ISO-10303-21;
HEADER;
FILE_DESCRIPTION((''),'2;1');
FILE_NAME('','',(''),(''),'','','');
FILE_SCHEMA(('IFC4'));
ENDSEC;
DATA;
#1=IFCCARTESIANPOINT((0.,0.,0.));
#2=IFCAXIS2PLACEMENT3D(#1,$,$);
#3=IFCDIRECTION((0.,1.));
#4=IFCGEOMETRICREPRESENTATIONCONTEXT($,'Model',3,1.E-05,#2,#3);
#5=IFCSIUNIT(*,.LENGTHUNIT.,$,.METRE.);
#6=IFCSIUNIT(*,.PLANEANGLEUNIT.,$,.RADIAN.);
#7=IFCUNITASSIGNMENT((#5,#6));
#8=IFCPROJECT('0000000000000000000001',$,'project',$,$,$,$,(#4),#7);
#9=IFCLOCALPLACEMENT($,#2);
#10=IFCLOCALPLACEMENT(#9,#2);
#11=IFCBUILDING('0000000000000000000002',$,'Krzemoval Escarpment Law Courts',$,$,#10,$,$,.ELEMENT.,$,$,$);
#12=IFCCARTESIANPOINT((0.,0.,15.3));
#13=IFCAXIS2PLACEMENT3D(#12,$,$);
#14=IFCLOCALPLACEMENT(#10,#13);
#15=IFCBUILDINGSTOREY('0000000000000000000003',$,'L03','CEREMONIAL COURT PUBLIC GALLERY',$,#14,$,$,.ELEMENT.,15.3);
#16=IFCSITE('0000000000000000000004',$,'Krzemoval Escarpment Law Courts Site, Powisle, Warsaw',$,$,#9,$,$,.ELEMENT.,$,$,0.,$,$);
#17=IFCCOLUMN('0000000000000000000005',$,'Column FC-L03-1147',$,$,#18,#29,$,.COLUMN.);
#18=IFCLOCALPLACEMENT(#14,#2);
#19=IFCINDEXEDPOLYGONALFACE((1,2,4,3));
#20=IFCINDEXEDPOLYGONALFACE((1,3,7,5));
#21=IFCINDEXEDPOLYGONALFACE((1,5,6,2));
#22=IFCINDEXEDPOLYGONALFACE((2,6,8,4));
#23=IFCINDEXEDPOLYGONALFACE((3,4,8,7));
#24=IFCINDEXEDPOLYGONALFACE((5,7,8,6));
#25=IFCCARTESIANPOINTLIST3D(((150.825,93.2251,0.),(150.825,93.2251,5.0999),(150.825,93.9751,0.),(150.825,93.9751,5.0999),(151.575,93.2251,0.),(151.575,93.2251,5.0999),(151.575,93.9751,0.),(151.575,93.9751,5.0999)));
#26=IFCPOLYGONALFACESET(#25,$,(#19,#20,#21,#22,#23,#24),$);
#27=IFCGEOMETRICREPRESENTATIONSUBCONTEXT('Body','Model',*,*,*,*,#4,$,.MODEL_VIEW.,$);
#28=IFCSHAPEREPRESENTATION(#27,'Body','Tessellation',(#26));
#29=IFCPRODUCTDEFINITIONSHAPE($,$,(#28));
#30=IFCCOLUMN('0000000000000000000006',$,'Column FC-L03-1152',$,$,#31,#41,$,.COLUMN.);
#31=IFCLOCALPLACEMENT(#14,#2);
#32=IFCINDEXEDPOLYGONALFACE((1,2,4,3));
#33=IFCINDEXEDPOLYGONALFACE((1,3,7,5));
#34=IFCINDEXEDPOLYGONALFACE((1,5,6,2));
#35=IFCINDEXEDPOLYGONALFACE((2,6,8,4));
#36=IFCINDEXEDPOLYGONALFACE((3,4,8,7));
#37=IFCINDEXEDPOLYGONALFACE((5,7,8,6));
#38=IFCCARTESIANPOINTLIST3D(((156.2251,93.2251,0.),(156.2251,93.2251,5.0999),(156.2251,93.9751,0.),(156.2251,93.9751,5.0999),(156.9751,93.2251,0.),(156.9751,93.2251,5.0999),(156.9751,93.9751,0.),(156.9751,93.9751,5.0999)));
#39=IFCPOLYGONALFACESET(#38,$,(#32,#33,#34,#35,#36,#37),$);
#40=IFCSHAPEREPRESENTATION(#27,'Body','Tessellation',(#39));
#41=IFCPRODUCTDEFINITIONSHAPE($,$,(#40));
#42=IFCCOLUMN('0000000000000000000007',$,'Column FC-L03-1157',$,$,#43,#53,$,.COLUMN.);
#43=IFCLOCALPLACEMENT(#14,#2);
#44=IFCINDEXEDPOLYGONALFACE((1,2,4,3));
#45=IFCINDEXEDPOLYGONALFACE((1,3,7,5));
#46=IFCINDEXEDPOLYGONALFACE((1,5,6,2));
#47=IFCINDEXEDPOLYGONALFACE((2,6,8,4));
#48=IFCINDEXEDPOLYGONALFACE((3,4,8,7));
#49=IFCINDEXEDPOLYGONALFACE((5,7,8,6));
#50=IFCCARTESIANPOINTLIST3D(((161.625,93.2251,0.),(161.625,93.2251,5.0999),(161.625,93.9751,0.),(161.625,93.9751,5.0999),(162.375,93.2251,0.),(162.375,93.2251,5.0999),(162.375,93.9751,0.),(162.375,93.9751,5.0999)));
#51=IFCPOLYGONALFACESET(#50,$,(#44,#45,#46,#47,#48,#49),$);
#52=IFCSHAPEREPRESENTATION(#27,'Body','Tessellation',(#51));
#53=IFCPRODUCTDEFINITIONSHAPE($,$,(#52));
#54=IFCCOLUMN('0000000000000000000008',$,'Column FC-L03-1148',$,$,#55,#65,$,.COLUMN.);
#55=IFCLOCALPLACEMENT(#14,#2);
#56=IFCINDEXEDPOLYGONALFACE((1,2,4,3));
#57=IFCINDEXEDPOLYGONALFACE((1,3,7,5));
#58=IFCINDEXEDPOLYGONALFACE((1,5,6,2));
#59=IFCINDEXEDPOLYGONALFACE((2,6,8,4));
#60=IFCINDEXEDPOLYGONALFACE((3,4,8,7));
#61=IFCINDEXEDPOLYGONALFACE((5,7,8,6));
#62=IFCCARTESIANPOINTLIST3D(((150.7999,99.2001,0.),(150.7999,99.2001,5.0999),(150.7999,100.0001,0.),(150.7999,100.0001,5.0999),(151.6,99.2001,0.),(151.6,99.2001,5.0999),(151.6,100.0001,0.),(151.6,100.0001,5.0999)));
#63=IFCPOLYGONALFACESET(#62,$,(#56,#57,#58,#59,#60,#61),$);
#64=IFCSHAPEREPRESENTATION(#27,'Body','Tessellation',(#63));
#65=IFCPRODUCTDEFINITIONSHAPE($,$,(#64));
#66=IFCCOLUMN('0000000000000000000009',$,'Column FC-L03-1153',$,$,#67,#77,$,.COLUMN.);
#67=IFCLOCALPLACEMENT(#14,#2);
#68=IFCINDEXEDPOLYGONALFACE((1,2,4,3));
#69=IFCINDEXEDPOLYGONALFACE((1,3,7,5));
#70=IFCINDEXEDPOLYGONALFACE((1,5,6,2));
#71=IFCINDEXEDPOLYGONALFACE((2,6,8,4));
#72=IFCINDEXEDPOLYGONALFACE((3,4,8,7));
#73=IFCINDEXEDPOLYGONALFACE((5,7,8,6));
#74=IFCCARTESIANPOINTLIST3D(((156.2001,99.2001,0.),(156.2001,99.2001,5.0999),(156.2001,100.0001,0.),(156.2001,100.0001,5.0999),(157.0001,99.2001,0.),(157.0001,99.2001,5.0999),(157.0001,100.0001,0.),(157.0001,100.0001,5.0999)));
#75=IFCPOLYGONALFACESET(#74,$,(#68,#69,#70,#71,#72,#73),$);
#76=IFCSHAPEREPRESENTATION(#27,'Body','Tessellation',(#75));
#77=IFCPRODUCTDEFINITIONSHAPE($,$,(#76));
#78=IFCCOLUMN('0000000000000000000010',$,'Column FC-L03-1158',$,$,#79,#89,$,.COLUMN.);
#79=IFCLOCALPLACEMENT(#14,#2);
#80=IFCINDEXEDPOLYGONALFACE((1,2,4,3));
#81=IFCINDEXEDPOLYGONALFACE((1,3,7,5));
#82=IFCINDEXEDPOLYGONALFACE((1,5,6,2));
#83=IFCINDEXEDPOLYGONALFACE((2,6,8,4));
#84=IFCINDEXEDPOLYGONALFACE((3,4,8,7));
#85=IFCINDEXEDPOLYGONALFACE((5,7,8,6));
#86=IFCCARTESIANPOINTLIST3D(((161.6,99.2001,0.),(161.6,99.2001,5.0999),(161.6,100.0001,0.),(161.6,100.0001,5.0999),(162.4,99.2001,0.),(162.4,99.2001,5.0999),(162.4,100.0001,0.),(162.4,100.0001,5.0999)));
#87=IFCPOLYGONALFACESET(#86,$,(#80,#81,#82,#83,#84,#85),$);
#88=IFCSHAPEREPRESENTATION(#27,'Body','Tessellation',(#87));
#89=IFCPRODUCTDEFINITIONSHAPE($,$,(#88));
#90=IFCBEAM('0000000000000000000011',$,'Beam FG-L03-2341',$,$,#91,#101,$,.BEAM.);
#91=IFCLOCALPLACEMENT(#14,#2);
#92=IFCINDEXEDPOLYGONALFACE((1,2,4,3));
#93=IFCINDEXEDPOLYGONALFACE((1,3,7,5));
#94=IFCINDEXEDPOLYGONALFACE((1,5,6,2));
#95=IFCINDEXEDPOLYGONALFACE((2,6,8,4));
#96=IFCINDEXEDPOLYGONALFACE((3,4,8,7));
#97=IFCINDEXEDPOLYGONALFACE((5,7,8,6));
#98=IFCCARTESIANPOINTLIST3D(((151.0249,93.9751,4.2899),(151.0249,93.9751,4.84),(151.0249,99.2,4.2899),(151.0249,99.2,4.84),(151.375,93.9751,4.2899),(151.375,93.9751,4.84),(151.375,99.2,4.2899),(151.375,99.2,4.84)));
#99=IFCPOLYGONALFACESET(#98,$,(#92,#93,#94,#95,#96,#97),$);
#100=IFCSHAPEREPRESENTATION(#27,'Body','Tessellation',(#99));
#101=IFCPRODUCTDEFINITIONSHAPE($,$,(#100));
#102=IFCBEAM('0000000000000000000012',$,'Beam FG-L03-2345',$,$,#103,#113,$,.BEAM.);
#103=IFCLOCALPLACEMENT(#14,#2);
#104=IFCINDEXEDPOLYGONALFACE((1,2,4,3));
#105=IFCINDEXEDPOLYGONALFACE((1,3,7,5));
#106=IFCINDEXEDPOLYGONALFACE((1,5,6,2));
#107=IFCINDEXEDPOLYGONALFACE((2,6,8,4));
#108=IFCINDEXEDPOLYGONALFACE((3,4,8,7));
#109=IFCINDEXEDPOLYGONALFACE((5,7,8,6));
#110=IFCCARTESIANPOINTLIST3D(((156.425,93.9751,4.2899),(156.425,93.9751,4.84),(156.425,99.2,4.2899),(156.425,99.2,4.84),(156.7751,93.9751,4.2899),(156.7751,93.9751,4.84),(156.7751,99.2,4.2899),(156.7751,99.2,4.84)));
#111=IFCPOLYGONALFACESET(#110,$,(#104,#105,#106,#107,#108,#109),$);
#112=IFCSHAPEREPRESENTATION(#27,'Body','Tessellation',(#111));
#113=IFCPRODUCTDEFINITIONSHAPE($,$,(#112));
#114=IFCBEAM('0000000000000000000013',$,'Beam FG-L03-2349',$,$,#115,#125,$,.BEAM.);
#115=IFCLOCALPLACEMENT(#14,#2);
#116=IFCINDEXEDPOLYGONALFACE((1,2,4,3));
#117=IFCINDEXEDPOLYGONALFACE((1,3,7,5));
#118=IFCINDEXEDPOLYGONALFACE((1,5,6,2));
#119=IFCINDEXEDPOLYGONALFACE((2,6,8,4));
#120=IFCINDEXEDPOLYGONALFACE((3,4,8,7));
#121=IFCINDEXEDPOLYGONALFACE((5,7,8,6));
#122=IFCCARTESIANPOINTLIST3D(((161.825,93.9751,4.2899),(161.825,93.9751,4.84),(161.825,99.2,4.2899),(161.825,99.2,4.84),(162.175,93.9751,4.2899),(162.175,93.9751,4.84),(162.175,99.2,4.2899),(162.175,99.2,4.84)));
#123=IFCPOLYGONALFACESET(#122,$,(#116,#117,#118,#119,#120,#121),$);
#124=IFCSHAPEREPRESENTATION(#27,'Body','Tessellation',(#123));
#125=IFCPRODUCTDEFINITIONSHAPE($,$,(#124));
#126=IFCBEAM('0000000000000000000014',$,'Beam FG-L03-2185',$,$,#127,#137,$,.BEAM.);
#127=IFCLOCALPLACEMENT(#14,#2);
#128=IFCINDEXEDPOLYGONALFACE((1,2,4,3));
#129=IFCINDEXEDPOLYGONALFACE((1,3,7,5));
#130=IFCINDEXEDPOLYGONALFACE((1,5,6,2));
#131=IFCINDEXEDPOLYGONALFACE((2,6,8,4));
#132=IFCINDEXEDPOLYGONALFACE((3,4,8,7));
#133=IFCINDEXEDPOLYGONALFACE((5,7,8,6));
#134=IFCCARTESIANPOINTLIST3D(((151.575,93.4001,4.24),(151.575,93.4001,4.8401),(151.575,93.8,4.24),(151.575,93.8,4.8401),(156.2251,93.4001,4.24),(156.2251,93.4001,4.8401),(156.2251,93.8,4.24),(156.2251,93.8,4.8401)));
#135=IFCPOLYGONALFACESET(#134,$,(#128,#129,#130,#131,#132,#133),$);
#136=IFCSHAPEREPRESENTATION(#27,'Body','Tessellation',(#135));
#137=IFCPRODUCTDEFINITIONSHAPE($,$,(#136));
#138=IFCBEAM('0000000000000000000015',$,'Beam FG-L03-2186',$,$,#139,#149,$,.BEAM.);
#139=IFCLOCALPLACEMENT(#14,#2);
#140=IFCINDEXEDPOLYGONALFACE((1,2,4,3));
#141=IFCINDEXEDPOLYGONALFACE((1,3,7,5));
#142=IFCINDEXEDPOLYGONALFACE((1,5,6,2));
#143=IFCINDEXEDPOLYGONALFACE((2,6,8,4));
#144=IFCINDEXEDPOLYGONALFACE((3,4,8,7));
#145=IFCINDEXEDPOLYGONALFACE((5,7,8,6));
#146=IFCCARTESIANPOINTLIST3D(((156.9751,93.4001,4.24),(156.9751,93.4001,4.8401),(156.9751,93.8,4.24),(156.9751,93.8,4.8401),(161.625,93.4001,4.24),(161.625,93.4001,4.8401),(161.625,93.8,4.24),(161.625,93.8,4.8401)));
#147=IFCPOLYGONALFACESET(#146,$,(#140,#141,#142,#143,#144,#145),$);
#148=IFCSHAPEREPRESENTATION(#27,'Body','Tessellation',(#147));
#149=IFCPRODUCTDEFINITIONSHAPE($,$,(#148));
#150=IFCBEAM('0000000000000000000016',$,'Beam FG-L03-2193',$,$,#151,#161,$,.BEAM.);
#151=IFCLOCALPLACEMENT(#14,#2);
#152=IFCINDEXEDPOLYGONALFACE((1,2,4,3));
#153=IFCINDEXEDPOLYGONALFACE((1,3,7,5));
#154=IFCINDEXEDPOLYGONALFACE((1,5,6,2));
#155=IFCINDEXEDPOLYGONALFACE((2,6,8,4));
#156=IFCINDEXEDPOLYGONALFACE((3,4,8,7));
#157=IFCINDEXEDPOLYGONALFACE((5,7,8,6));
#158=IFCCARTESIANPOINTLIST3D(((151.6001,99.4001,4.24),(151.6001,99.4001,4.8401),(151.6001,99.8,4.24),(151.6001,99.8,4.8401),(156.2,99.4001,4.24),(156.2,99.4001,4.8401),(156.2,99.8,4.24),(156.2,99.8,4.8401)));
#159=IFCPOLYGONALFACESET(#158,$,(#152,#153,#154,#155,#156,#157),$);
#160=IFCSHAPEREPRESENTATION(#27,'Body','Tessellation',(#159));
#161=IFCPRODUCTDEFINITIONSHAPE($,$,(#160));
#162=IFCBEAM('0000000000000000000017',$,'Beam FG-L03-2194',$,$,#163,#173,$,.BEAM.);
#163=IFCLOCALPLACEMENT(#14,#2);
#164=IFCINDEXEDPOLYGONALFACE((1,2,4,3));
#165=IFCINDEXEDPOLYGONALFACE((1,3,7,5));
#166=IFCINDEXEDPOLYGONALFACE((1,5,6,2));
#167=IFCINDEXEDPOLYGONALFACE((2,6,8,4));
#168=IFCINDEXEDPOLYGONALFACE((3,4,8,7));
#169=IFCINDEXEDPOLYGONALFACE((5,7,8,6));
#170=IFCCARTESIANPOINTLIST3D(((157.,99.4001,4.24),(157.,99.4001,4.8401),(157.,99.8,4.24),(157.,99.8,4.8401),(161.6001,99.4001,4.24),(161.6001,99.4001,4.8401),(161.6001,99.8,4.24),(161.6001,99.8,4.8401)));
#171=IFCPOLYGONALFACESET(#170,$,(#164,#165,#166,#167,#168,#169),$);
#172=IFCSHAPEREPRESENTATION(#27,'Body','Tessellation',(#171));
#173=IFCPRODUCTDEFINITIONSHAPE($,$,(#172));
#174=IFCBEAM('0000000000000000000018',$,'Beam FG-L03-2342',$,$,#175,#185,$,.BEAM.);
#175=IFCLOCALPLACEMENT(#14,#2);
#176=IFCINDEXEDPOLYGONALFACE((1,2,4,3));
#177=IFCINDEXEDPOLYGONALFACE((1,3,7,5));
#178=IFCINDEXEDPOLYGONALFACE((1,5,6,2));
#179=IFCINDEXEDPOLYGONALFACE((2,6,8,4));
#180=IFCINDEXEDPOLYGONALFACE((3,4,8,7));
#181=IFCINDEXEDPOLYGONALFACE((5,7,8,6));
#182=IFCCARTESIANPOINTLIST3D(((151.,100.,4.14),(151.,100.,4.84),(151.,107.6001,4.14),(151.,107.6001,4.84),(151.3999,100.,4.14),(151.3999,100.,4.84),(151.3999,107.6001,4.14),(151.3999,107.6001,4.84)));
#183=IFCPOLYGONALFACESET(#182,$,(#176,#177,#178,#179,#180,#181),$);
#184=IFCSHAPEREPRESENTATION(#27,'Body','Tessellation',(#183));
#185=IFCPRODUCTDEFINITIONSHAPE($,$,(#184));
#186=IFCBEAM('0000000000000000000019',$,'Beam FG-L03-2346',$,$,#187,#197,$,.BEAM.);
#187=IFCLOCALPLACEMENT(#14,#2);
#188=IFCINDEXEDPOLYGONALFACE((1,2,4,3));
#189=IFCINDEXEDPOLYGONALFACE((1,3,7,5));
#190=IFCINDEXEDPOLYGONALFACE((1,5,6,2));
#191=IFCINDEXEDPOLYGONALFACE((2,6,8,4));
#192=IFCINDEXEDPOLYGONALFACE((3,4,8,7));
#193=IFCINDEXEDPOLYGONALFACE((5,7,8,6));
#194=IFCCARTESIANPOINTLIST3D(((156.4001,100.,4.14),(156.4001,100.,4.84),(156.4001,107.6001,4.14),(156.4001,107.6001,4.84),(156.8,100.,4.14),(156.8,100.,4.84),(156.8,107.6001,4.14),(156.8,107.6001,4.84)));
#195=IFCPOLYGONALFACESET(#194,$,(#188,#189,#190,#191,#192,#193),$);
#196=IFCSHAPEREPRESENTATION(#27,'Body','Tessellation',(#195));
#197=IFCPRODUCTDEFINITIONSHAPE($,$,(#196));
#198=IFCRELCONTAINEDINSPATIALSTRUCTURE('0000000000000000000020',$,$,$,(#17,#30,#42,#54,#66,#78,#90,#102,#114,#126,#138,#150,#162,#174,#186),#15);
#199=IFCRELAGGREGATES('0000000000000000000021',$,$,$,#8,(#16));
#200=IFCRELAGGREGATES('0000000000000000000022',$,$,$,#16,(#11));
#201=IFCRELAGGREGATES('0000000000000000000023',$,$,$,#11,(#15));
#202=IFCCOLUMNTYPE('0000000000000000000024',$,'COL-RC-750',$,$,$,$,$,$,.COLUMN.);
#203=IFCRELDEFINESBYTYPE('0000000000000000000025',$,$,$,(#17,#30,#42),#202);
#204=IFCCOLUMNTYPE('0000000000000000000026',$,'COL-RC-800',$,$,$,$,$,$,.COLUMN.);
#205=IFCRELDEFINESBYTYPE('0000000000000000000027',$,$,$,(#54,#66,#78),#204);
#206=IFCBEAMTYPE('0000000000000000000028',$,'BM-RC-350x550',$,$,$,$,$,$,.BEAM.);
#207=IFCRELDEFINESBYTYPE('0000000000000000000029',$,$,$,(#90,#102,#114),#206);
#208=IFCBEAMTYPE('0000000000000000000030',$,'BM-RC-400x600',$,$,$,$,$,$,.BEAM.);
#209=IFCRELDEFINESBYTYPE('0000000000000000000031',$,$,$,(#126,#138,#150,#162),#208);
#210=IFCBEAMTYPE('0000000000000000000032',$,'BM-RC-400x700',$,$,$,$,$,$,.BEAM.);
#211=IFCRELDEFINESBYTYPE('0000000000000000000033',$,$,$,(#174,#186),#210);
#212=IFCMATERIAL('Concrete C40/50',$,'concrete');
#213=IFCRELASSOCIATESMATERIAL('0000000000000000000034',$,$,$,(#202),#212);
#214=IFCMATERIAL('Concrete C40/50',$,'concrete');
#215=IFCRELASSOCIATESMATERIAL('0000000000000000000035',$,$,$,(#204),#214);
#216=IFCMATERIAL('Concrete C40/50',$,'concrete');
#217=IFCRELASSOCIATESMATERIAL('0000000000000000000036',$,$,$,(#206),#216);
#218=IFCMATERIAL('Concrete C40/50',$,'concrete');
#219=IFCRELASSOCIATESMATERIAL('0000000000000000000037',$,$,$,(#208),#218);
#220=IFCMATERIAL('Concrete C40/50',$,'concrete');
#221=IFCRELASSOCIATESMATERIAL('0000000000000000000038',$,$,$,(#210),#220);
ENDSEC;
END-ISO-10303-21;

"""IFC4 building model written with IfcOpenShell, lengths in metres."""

from ifc_helpers import new_model, si_unit, direction, frame, origin, origin_2d, place, context, subcontext, project, spatial, rectangle, extrude, material, material_profile, profile_set, type_object, element, save


model = new_model("IFC4")

# Units and contexts
model_context = context("Model", 3, precision=1e-05, world=origin(), true_north=direction((0.0, 1.0)))
body_context = subcontext(model_context, "Body", "Model", "MODEL_VIEW")
ifc_project = project(units=[si_unit("LENGTHUNIT", "METRE"), si_unit("PLANEANGLEUNIT", "RADIAN")], contexts=[model_context])

# Site, building, storey
site_placement = place(None, origin())
site = spatial("IfcSite", under=ifc_project, at=site_placement, Name="Krzemoval Escarpment Law Courts Site, Powisle, Warsaw", CompositionType="ELEMENT", RefElevation=0.0)
building_placement = place(site_placement, origin())
building = spatial("IfcBuilding", under=site, at=building_placement, Name="Krzemoval Escarpment Law Courts", CompositionType="ELEMENT")
storey_placement = place(building_placement, frame((0.0, 0.0, 15.3)))
storey = spatial("IfcBuildingStorey", under=building, at=storey_placement, Name="L03", Description="CEREMONIAL COURT PUBLIC GALLERY", CompositionType="ELEMENT", Elevation=15.3)

# Columns
ifc_material_1 = material(Name="Concrete C40/50", Category="concrete")
ifc_material_profile_1 = material_profile(ifc_material_1, rectangle(XDim=0.75, YDim=0.75, at=origin_2d()), Name="RC 750x750")
ifc_profile_set_1 = profile_set([ifc_material_profile_1], Name="Concrete C40/50")
column_type_1 = type_object("IfcColumnType", Name="COL-RC-750", PredefinedType="COLUMN", material=ifc_profile_set_1)
for number, where, z_axis, x_axis, name in (
    (1, (151.2, 93.6001, 0.0), (0.0, 0.0, 1.0), (1.0, 0.0, 0.0), "Column FC-L03-1147"),
    (2, (156.6001, 93.6001, 0.0), (0.0, 0.0, 1.0), (1.0, 0.0, 0.0), "Column FC-L03-1152"),
    (3, (162.0, 93.6001, 0.0), (0.0, 0.0, 1.0), (1.0, 0.0, 0.0), "Column FC-L03-1157"),
):
    element("IfcColumn", number, at=place(storey_placement, frame(where, z_axis=z_axis, x_axis=x_axis)), inside=storey, type_object=column_type_1, Name=name, PredefinedType="COLUMN", context=body_context, shape_type="SweptSolid", body=[
        extrude(rectangle(XDim=0.75, YDim=0.75, at=origin_2d()), origin(), (0.0, 0.0, 1.0), 5.0999),
    ])
ifc_material_2 = material(Name="Concrete C40/50", Category="concrete")
ifc_material_profile_2 = material_profile(ifc_material_2, rectangle(XDim=0.8, YDim=0.8, at=origin_2d()), Name="RC 800x800")
ifc_profile_set_2 = profile_set([ifc_material_profile_2], Name="Concrete C40/50")
column_type_2 = type_object("IfcColumnType", Name="COL-RC-800", PredefinedType="COLUMN", material=ifc_profile_set_2)
for number, where, z_axis, x_axis, name in (
    (4, (151.2, 99.6001, 0.0), (0.0, 0.0, 1.0), (1.0, 0.0, 0.0), "Column FC-L03-1148"),
    (5, (156.6001, 99.6001, 0.0), (0.0, 0.0, 1.0), (1.0, 0.0, 0.0), "Column FC-L03-1153"),
    (6, (162.0, 99.6001, 0.0), (0.0, 0.0, 1.0), (1.0, 0.0, 0.0), "Column FC-L03-1158"),
):
    element("IfcColumn", number, at=place(storey_placement, frame(where, z_axis=z_axis, x_axis=x_axis)), inside=storey, type_object=column_type_2, Name=name, PredefinedType="COLUMN", context=body_context, shape_type="SweptSolid", body=[
        extrude(rectangle(XDim=0.8, YDim=0.8, at=origin_2d()), origin(), (0.0, 0.0, 1.0), 5.0999),
    ])

# Beams
ifc_material_3 = material(Name="Concrete C40/50", Category="concrete")
ifc_material_profile_3 = material_profile(ifc_material_3, rectangle(XDim=0.3501, YDim=0.55, at=origin_2d()), Name="RCB 350x550")
ifc_profile_set_3 = profile_set([ifc_material_profile_3], Name="Concrete C40/50")
beam_type_1 = type_object("IfcBeamType", Name="BM-RC-350x550", PredefinedType="BEAM", material=ifc_profile_set_3)
for number, where, z_axis, x_axis, name in (
    (7, (151.2, 93.9751, 4.5649), (0.0, 1.0, 0.0), (-1.0, 0.0, 0.0), "Beam FG-L03-2341"),
    (8, (156.6001, 93.9751, 4.5649), (0.0, 1.0, 0.0), (-1.0, 0.0, 0.0), "Beam FG-L03-2345"),
    (9, (162.0, 93.9751, 4.5649), (0.0, 1.0, 0.0), (-1.0, 0.0, 0.0), "Beam FG-L03-2349"),
):
    element("IfcBeam", number, at=place(storey_placement, frame(where, z_axis=z_axis, x_axis=x_axis)), inside=storey, type_object=beam_type_1, Name=name, PredefinedType="BEAM", context=body_context, shape_type="SweptSolid", body=[
        extrude(rectangle(XDim=0.3501, YDim=0.55, at=origin_2d()), origin(), (0.0, 0.0, 1.0), 5.2249),
    ])
ifc_material_4 = material(Name="Concrete C40/50", Category="concrete")
ifc_material_profile_4 = material_profile(ifc_material_4, rectangle(XDim=0.3999, YDim=0.6001, at=origin_2d()), Name="RCB 400x600")
ifc_profile_set_4 = profile_set([ifc_material_profile_4], Name="Concrete C40/50")
beam_type_2 = type_object("IfcBeamType", Name="BM-RC-400x600", PredefinedType="BEAM", material=ifc_profile_set_4)
beam_1_placement = place(storey_placement, frame((151.575, 93.6001, 4.54), z_axis=(1.0, 0.0, 0.0), x_axis=(0.0, 1.0, 0.0)))
element("IfcBeam", 10, at=beam_1_placement, inside=storey, type_object=beam_type_2, Name="Beam FG-L03-2185", PredefinedType="BEAM", context=body_context, shape_type="SweptSolid", body=[
    extrude(rectangle(XDim=0.3999, YDim=0.6001, at=origin_2d()), origin(), (0.0, 0.0, 1.0), 4.6501),
])
beam_2_placement = place(storey_placement, frame((156.9751, 93.6001, 4.54), z_axis=(1.0, 0.0, 0.0), x_axis=(0.0, 1.0, 0.0)))
element("IfcBeam", 11, at=beam_2_placement, inside=storey, type_object=beam_type_2, Name="Beam FG-L03-2186", PredefinedType="BEAM", context=body_context, shape_type="SweptSolid", body=[
    extrude(rectangle(XDim=0.3999, YDim=0.6001, at=origin_2d()), origin(), (0.0, 0.0, 1.0), 4.6499),
])
beam_3_placement = place(storey_placement, frame((151.6001, 99.6001, 4.54), z_axis=(1.0, 0.0, 0.0), x_axis=(0.0, 1.0, 0.0)))
element("IfcBeam", 12, at=beam_3_placement, inside=storey, type_object=beam_type_2, Name="Beam FG-L03-2193", PredefinedType="BEAM", context=body_context, shape_type="SweptSolid", body=[
    extrude(rectangle(XDim=0.3999, YDim=0.6001, at=origin_2d()), origin(), (0.0, 0.0, 1.0), 4.5999),
])
beam_4_placement = place(storey_placement, frame((157.0, 99.6001, 4.54), z_axis=(1.0, 0.0, 0.0), x_axis=(0.0, 1.0, 0.0)))
element("IfcBeam", 13, at=beam_4_placement, inside=storey, type_object=beam_type_2, Name="Beam FG-L03-2194", PredefinedType="BEAM", context=body_context, shape_type="SweptSolid", body=[
    extrude(rectangle(XDim=0.3999, YDim=0.6001, at=origin_2d()), origin(), (0.0, 0.0, 1.0), 4.6001),
])
ifc_material_5 = material(Name="Concrete C40/50", Category="concrete")
ifc_material_profile_5 = material_profile(ifc_material_5, rectangle(XDim=0.3999, YDim=0.7, at=origin_2d()), Name="RCB 400x700")
ifc_profile_set_5 = profile_set([ifc_material_profile_5], Name="Concrete C40/50")
beam_type_3 = type_object("IfcBeamType", Name="BM-RC-400x700", PredefinedType="BEAM", material=ifc_profile_set_5)
for number, where, z_axis, x_axis, name in (
    (14, (151.2, 100.0, 4.49), (0.0, 1.0, 0.0), (-1.0, 0.0, 0.0), "Beam FG-L03-2342"),
    (15, (156.6001, 100.0, 4.49), (0.0, 1.0, 0.0), (-1.0, 0.0, 0.0), "Beam FG-L03-2346"),
):
    element("IfcBeam", number, at=place(storey_placement, frame(where, z_axis=z_axis, x_axis=x_axis)), inside=storey, type_object=beam_type_3, Name=name, PredefinedType="BEAM", context=body_context, shape_type="SweptSolid", body=[
        extrude(rectangle(XDim=0.3999, YDim=0.7, at=origin_2d()), origin(), (0.0, 0.0, 1.0), 7.6001),
    ])

save(model, "model.ifc")
